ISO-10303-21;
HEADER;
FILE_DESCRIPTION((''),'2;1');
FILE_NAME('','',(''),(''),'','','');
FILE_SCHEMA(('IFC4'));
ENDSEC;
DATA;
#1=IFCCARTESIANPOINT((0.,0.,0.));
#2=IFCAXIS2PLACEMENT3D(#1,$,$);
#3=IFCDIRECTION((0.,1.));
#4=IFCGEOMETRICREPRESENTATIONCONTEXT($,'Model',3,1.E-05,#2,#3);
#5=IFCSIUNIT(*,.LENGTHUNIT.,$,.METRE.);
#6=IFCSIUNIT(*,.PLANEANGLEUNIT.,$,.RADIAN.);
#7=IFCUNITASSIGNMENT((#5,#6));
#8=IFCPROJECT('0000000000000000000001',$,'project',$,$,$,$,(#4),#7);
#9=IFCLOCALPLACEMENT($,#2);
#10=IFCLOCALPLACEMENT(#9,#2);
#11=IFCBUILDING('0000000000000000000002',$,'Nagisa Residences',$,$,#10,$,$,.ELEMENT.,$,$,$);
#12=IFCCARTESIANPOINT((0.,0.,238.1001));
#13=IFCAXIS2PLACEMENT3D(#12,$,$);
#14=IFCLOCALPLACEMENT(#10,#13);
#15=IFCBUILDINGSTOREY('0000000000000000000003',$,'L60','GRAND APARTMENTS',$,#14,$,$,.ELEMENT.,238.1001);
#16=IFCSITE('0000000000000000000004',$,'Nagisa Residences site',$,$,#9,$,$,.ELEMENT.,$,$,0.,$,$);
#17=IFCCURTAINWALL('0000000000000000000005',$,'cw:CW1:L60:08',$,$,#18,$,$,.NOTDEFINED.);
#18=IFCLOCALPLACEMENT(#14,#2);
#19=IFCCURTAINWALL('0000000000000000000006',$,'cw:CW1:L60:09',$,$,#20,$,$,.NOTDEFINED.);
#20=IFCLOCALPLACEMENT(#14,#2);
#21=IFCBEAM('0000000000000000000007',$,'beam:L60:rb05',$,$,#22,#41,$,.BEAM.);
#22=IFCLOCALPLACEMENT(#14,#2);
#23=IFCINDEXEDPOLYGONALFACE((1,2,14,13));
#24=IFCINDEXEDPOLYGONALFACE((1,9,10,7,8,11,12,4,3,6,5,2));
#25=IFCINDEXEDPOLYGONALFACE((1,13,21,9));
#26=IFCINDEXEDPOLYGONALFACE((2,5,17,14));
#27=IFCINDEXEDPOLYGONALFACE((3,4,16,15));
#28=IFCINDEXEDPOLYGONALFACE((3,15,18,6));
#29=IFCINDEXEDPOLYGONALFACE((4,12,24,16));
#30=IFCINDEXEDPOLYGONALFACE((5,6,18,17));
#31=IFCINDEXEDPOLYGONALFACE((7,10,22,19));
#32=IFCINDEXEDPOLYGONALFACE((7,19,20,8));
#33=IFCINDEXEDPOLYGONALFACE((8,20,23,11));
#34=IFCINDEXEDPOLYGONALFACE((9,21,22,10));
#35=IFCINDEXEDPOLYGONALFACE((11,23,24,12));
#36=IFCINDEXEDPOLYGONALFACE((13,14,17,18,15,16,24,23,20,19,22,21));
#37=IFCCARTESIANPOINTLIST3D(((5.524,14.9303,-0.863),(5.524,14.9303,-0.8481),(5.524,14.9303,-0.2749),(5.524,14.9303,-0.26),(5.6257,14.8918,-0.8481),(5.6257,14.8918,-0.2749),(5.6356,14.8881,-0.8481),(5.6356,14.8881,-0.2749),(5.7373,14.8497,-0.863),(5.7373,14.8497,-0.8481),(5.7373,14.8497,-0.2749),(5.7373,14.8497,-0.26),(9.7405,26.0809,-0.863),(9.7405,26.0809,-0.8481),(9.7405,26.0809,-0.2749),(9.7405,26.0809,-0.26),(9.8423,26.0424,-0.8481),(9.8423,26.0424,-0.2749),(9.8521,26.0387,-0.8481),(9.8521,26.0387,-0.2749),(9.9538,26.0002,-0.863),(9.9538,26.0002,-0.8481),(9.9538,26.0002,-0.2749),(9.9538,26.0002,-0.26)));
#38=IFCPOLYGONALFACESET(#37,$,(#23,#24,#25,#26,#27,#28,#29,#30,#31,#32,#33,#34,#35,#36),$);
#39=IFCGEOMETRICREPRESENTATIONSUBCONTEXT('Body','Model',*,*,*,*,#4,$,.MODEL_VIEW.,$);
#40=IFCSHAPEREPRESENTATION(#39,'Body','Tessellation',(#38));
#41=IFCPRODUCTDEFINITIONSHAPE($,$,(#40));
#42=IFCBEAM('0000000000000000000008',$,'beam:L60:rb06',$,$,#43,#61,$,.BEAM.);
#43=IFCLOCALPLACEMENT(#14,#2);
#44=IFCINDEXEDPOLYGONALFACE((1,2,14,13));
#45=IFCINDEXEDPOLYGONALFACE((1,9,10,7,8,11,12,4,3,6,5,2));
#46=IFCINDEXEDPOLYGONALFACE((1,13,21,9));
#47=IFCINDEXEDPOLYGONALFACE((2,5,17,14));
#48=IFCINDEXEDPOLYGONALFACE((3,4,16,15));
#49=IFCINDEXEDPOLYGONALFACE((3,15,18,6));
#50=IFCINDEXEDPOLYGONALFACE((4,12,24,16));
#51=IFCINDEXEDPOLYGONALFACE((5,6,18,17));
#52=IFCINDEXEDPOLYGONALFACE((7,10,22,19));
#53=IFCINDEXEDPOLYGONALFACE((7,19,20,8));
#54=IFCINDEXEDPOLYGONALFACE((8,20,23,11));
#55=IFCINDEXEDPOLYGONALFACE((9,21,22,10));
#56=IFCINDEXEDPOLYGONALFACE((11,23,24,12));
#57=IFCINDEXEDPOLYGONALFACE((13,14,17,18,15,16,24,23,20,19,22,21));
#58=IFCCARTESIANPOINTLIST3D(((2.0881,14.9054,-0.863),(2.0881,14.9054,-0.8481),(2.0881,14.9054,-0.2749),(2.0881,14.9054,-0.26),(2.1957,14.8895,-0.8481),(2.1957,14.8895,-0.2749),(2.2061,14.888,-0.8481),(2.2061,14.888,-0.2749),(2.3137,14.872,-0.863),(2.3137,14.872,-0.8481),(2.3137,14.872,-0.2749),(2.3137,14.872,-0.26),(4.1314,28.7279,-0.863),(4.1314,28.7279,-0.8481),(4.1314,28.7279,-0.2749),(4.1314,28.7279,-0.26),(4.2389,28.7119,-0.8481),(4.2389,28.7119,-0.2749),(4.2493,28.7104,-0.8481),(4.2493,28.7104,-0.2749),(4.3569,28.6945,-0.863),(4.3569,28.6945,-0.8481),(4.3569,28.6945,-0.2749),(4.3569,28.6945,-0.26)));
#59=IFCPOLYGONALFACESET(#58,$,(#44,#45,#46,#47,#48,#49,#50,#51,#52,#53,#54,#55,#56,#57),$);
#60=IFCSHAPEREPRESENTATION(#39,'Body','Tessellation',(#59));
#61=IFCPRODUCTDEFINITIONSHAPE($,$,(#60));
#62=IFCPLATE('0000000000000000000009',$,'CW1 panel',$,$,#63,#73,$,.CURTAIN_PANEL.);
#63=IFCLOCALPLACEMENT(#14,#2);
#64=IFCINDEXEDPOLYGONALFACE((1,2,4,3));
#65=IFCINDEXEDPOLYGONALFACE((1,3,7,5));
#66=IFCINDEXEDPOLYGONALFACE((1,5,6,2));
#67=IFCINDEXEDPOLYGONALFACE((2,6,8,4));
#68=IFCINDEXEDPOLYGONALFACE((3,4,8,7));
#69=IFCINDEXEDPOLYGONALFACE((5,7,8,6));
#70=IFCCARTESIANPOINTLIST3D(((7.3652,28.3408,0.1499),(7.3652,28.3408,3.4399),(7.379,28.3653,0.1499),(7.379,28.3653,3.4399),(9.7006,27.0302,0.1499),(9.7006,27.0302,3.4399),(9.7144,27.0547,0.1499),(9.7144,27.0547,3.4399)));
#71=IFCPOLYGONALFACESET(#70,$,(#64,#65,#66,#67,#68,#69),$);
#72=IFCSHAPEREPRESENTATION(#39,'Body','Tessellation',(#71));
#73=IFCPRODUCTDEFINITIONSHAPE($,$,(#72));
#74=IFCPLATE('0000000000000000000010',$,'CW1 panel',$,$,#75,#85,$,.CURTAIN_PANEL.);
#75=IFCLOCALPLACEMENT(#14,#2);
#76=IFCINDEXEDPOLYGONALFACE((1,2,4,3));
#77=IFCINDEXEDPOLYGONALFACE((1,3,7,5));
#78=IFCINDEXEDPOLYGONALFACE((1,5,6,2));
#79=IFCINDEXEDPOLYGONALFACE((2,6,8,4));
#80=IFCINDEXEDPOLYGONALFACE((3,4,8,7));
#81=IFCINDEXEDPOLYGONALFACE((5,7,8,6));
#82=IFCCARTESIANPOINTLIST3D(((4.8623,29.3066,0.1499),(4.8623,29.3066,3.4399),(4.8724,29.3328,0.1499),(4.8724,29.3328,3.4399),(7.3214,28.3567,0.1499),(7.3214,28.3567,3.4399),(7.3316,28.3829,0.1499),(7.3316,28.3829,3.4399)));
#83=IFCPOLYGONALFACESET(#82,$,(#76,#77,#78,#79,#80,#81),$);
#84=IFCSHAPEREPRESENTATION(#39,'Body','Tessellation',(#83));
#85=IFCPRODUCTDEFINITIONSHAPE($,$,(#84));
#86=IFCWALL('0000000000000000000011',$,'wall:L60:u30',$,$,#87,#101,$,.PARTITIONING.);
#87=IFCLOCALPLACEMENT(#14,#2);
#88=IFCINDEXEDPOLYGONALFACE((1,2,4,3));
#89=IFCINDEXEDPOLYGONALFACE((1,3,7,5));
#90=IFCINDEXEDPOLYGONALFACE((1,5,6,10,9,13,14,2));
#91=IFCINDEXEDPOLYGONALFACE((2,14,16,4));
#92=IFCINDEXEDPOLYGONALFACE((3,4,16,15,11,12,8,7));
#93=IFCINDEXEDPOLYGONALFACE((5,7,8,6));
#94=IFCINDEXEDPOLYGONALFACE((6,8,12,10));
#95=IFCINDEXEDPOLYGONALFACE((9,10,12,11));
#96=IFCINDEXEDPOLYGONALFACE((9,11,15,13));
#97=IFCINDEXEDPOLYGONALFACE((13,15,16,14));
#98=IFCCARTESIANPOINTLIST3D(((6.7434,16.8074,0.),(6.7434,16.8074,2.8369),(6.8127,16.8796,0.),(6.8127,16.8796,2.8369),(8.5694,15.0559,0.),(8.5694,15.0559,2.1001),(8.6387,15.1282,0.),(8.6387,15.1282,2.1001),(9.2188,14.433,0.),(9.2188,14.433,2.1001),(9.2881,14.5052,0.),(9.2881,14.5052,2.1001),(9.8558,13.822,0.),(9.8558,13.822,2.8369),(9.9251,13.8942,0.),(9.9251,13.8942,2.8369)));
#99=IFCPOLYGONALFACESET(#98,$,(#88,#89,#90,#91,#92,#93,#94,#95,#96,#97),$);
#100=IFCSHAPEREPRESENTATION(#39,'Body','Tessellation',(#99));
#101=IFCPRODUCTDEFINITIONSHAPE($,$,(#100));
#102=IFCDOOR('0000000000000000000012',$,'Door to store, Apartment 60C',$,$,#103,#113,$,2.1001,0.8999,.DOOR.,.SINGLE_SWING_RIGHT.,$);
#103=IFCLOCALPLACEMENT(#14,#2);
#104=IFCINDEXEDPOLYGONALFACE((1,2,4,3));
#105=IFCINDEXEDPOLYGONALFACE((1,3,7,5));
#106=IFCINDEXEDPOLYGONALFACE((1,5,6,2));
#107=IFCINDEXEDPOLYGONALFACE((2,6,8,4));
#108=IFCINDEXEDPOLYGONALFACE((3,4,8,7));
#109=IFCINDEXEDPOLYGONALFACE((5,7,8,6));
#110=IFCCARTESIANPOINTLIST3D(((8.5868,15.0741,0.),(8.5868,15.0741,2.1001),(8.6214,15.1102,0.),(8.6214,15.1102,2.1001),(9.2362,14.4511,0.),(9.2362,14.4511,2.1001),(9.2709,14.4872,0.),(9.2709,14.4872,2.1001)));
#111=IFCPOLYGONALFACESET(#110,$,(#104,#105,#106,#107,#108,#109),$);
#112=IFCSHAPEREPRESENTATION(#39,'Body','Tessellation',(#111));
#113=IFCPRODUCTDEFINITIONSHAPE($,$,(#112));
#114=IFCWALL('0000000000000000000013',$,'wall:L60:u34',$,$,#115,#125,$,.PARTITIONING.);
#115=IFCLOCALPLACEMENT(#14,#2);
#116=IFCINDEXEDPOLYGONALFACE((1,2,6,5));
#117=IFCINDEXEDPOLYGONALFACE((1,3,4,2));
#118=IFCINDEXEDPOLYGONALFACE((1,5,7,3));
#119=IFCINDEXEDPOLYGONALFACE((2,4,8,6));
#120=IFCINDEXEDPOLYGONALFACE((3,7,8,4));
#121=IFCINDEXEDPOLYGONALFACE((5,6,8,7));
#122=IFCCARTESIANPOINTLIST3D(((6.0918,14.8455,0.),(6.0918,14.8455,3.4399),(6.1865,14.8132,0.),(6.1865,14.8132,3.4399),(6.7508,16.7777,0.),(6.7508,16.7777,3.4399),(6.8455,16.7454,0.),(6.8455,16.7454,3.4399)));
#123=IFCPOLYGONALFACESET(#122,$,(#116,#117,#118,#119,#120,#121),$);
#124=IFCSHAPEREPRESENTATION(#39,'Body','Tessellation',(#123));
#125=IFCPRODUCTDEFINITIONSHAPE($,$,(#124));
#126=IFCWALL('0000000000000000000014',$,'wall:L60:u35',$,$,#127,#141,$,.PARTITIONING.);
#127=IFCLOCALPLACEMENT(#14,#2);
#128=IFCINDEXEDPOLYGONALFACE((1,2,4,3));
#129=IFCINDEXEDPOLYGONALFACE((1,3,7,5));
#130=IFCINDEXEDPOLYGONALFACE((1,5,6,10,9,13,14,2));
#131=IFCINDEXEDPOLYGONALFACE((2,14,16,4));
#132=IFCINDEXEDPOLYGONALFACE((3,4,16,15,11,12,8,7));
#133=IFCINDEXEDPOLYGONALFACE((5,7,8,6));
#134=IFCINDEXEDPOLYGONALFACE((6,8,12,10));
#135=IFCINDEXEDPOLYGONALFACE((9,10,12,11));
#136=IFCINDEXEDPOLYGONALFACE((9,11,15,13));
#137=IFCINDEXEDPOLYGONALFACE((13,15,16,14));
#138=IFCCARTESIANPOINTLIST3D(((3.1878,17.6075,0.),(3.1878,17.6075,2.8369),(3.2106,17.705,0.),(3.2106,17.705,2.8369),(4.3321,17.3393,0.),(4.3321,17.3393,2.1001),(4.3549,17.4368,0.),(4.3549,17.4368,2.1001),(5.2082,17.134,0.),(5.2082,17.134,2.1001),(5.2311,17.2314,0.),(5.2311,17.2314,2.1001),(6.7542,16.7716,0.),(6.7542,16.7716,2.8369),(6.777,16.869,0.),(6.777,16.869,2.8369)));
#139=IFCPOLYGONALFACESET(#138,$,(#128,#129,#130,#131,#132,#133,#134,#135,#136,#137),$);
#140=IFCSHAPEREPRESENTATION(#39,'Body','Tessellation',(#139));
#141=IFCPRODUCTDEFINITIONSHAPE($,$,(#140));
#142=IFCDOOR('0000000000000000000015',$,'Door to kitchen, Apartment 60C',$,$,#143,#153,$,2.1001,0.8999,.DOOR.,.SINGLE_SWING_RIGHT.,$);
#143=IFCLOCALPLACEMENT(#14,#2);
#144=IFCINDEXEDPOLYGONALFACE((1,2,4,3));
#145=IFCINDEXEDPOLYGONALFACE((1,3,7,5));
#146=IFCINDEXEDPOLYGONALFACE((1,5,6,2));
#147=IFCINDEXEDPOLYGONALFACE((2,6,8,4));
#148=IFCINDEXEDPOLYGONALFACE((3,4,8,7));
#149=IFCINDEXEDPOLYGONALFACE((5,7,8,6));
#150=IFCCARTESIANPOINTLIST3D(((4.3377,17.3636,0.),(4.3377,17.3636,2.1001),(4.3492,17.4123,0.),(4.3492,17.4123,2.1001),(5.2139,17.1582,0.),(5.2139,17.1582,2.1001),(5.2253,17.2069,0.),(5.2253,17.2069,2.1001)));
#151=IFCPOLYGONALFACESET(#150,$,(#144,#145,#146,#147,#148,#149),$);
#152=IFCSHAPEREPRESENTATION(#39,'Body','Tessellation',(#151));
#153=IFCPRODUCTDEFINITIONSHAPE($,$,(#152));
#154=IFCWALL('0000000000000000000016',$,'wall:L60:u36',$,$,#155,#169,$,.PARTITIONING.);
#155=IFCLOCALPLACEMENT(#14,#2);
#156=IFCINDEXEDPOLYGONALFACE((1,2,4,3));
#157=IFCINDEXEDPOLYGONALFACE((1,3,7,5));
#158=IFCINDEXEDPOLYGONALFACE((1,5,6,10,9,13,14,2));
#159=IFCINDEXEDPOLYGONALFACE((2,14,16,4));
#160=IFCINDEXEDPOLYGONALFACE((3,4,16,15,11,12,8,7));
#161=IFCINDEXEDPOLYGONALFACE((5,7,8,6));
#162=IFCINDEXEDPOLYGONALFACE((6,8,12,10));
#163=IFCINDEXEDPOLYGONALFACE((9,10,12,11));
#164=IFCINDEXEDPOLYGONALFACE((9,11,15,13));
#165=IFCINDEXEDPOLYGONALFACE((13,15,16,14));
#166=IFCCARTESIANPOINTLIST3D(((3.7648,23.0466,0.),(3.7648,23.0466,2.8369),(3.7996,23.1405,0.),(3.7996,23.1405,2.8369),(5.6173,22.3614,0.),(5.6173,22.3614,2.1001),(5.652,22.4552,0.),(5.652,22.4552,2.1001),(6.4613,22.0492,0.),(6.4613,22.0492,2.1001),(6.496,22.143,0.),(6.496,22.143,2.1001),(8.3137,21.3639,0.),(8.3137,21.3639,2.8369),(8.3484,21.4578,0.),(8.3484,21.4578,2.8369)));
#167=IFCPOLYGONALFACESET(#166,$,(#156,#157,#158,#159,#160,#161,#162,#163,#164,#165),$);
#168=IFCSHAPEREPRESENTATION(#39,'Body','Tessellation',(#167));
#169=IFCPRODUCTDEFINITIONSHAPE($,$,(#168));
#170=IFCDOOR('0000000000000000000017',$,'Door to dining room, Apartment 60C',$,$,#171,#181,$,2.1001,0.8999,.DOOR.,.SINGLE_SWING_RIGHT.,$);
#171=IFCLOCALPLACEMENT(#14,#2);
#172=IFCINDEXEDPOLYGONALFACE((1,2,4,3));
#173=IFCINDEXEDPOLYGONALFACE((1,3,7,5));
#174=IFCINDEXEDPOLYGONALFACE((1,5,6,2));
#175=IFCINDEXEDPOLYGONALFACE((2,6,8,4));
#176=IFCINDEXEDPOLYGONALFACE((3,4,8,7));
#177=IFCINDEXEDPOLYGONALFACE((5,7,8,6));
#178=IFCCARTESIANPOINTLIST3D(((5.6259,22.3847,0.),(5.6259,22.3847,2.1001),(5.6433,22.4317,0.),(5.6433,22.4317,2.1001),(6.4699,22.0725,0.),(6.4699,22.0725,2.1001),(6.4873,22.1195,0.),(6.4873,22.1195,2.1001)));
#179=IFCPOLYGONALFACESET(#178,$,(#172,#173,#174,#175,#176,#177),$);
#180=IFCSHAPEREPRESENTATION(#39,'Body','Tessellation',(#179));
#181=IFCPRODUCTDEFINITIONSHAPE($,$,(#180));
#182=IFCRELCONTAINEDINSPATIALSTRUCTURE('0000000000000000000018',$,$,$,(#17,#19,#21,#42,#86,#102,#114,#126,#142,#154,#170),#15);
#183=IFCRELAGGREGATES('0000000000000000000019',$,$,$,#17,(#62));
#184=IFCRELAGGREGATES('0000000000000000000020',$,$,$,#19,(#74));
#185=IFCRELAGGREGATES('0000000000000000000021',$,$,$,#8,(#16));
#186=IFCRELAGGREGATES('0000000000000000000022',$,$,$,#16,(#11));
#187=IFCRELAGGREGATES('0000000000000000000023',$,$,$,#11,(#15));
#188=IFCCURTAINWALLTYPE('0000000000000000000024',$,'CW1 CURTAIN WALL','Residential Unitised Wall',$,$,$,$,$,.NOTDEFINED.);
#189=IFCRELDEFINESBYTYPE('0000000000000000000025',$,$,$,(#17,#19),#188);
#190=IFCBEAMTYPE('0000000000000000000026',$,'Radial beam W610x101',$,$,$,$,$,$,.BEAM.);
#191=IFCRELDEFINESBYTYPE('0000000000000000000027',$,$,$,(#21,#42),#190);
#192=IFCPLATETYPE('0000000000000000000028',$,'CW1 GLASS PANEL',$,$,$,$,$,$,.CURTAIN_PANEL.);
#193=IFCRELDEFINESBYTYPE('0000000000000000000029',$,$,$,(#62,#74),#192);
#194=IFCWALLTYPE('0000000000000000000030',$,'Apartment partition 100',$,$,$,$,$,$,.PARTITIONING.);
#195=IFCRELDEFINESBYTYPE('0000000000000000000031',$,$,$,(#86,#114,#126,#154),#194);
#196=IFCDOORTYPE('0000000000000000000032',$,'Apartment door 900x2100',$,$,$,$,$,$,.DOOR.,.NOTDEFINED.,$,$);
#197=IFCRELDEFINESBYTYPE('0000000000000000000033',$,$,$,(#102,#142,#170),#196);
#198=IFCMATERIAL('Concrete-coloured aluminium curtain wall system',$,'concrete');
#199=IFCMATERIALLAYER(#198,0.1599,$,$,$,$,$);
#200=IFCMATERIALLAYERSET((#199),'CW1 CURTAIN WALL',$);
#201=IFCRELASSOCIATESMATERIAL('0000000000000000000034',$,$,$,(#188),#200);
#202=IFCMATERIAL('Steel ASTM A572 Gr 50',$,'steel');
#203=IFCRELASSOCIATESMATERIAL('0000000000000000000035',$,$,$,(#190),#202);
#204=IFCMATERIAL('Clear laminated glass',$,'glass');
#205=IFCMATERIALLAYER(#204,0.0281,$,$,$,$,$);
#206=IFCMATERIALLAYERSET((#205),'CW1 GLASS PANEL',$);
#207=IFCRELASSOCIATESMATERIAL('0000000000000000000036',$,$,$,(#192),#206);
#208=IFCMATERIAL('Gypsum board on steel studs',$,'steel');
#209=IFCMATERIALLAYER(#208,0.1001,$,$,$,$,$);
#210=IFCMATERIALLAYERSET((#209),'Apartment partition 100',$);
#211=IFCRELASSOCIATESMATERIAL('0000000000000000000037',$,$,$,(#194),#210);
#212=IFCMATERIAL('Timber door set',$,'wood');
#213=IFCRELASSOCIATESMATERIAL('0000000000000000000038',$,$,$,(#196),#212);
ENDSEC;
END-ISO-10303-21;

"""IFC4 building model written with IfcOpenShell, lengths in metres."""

from ifc_helpers import new_model, si_unit, direction, frame, frame_2d, origin, origin_2d, place, context, subcontext, project, spatial, rectangle, i_section, extrude, material, layer, layer_set, material_profile, profile_set, type_object, element, fill, aggregate, save


model = new_model("IFC4")

# Units and contexts
model_context = context("Model", 3, precision=1e-05, world=origin(), true_north=direction((0.0, 1.0)))
body_context = subcontext(model_context, "Body", "Model", "MODEL_VIEW")
ifc_project = project(units=[si_unit("LENGTHUNIT", "METRE"), si_unit("PLANEANGLEUNIT", "RADIAN")], contexts=[model_context])

# Site, building, storey
site_placement = place(None, origin())
site = spatial("IfcSite", under=ifc_project, at=site_placement, Name="Nagisa Residences site", CompositionType="ELEMENT", RefElevation=0.0)
building_placement = place(site_placement, origin())
building = spatial("IfcBuilding", under=site, at=building_placement, Name="Nagisa Residences", CompositionType="ELEMENT")
storey_placement = place(building_placement, frame((0.0, 0.0, 238.1001)))
storey = spatial("IfcBuildingStorey", under=building, at=storey_placement, Name="L60", Description="GRAND APARTMENTS", CompositionType="ELEMENT", Elevation=238.1001)

# Curtain walls
ifc_material_1 = material(Name="Concrete-coloured aluminium curtain wall system", Category="concrete")
ifc_layer_1 = layer(ifc_material_1, 0.1599)
ifc_layer_set_1 = layer_set([ifc_layer_1], Name="CW1 CURTAIN WALL")
curtain_wall_type = type_object("IfcCurtainWallType", Name="CW1 CURTAIN WALL", Description="Residential Unitised Wall", PredefinedType="NOTDEFINED", material=ifc_layer_set_1)
curtain_wall_1_placement = place(storey_placement, origin())
curtain_wall_1 = element("IfcCurtainWall", 1, at=curtain_wall_1_placement, inside=storey, type_object=curtain_wall_type, Name="cw:CW1:L60:08", PredefinedType="NOTDEFINED")
curtain_wall_2_placement = place(storey_placement, origin())
curtain_wall_2 = element("IfcCurtainWall", 2, at=curtain_wall_2_placement, inside=storey, type_object=curtain_wall_type, Name="cw:CW1:L60:09", PredefinedType="NOTDEFINED")

# Beams
ifc_material_2 = material(Name="Steel ASTM A572 Gr 50", Category="steel")
ifc_material_profile_1 = material_profile(ifc_material_2, i_section(OverallWidth=0.228, OverallDepth=0.603, WebThickness=0.0105, FlangeThickness=0.0149, at=origin_2d()), Name="W610x101")
ifc_profile_set_1 = profile_set([ifc_material_profile_1], Name="Steel ASTM A572 Gr 50")
beam_type_1 = type_object("IfcBeamType", Name="Radial beam W610x101", PredefinedType="BEAM", material=ifc_profile_set_1)
beam_1_placement = place(storey_placement, frame((9.8472, 26.0405, -0.5615), z_axis=(-0.353701, -0.935359, 0.0), x_axis=(0.935359, -0.353701, 0.0)))
element("IfcBeam", 3, at=beam_1_placement, inside=storey, type_object=beam_type_1, Name="beam:L60:rb05", PredefinedType="BEAM", context=body_context, shape_type="SweptSolid", body=[
    extrude(i_section(OverallWidth=0.228, OverallDepth=0.603, WebThickness=0.0105, FlangeThickness=0.0149, at=origin_2d()), origin(), (0.0, 0.0, 1.0), 11.9211),
])
beam_2_placement = place(storey_placement, frame((4.2441, 28.7112, -0.5615), z_axis=(-0.146229, -0.989251, 0.0), x_axis=(0.989251, -0.146229, 0.0)))
element("IfcBeam", 4, at=beam_2_placement, inside=storey, type_object=beam_type_1, Name="beam:L60:rb06", PredefinedType="BEAM", context=body_context, shape_type="SweptSolid", body=[
    extrude(i_section(OverallWidth=0.228, OverallDepth=0.603, WebThickness=0.0105, FlangeThickness=0.0149, at=origin_2d()), origin(), (0.0, 0.0, 1.0), 13.9727),
])

# Plates
ifc_material_3 = material(Name="Clear laminated glass", Category="glass")
ifc_layer_2 = layer(ifc_material_3, 0.0281)
ifc_layer_set_2 = layer_set([ifc_layer_2], Name="CW1 GLASS PANEL")
plate_type = type_object("IfcPlateType", Name="CW1 GLASS PANEL", PredefinedType="CURTAIN_PANEL", material=ifc_layer_set_2)
plate_1_placement = place(storey_placement, frame((8.5398, 27.6978, 0.1499), z_axis=(0.0, 0.0, 1.0), x_axis=(-0.872072, 0.489377, 0.0)))
plate_1 = element("IfcPlate", 5, at=plate_1_placement, type_object=plate_type, Name="CW1 panel", PredefinedType="CURTAIN_PANEL", context=body_context, shape_type="SweptSolid", body=[
    extrude(rectangle(XDim=2.678, YDim=0.0281, at=origin_2d()), origin(), (0.0, 0.0, 1.0), 3.29),
])
aggregate(curtain_wall_1, [plate_1])
plate_2_placement = place(storey_placement, frame((6.0969, 28.8447, 0.1499), z_axis=(0.0, 0.0, 1.0), x_axis=(-0.932826, 0.360328, 0.0)))
plate_2 = element("IfcPlate", 6, at=plate_2_placement, type_object=plate_type, Name="CW1 panel", PredefinedType="CURTAIN_PANEL", context=body_context, shape_type="SweptSolid", body=[
    extrude(rectangle(XDim=2.6362, YDim=0.0281, at=origin_2d()), origin(), (0.0, 0.0, 1.0), 3.29),
])
aggregate(curtain_wall_2, [plate_2])

# Wall, opening, door
ifc_material_4 = material(Name="Gypsum board on steel studs", Category="steel")
ifc_layer_3 = layer(ifc_material_4, 0.1001)
ifc_layer_set_3 = layer_set([ifc_layer_3], Name="Apartment partition 100")
wall_type_1 = type_object("IfcWallType", Name="Apartment partition 100", PredefinedType="PARTITIONING", material=ifc_layer_set_3)
wall_1_placement = place(storey_placement, frame((9.8904, 13.8582, 0.0), z_axis=(0.0, 0.0, 1.0), x_axis=(-0.721672, 0.692235, 0.0)))
wall_1 = element("IfcWall", 7, at=wall_1_placement, inside=storey, type_object=wall_type_1, Name="wall:L60:u30", PredefinedType="PARTITIONING", context=body_context, shape_type="SweptSolid", body=[
    extrude(rectangle(XDim=4.3127, YDim=0.1001, at=frame_2d((2.1562, 0.0))), origin(), (0.0, 0.0, 1.0), 2.8369),
])
opening_1_placement = place(wall_1_placement, frame((0.8826, 0.0, 0.0)))
opening_1 = element("IfcOpeningElement", 8, at=opening_1_placement, cuts=wall_1, PredefinedType="OPENING", context=body_context, shape_type="SweptSolid", body=[
    extrude(rectangle(XDim=0.8999, YDim=2.1001, at=frame_2d((0.45, 1.05))), frame((0.0, 0.0601, 0.0), z_axis=(0.0, -1.0, 0.0), x_axis=(1.0, 0.0, 0.0)), (0.0, 0.0, 1.0), 0.1201),
])
ifc_material_5 = material(Name="Timber door set", Category="wood")
door_type_1 = type_object("IfcDoorType", Name="Apartment door 900x2100", OperationType="NOTDEFINED", PredefinedType="DOOR", material=ifc_material_5)
door_1_placement = place(opening_1_placement, origin())
door_1 = element("IfcDoor", 9, at=door_1_placement, inside=storey, type_object=door_type_1, Name="Door to store, Apartment 60C", OperationType="SINGLE_SWING_RIGHT", OverallHeight=2.1001, OverallWidth=0.8999, PredefinedType="DOOR", context=body_context, shape_type="SweptSolid", body=[
    extrude(rectangle(XDim=0.8999, YDim=2.1001, at=frame_2d((0.45, 1.05))), frame((0.0, 0.0249, 0.0), z_axis=(0.0, -1.0, 0.0), x_axis=(1.0, 0.0, 0.0)), (0.0, 0.0, 1.0), 0.05),
])
fill(opening_1, door_1)

# Wall
wall_2_placement = place(storey_placement, frame((6.1392, 14.8293, 0.0), z_axis=(0.0, 0.0, 1.0), x_axis=(0.322786, 0.946472, 0.0)))
element("IfcWall", 10, at=wall_2_placement, inside=storey, type_object=wall_type_1, Name="wall:L60:u34", PredefinedType="PARTITIONING", context=body_context, shape_type="SweptSolid", body=[
    extrude(rectangle(XDim=2.0415, YDim=0.1001, at=frame_2d((1.0208, 0.0))), origin(), (0.0, 0.0, 1.0), 3.4399),
])

# Walls, openings, doors
wall_3_placement = place(storey_placement, frame((6.7656, 16.8203, 0.0), z_axis=(0.0, 0.0, 1.0), x_axis=(-0.973613, 0.228207, 0.0)))
wall_3 = element("IfcWall", 11, at=wall_3_placement, inside=storey, type_object=wall_type_1, Name="wall:L60:u35", PredefinedType="PARTITIONING", context=body_context, shape_type="SweptSolid", body=[
    extrude(rectangle(XDim=3.6631, YDim=0.1001, at=frame_2d((1.8315, 0.0))), origin(), (0.0, 0.0, 1.0), 2.8369),
])
opening_2_placement = place(wall_3_placement, frame((1.5879, 0.0, 0.0)))
opening_2 = element("IfcOpeningElement", 12, at=opening_2_placement, cuts=wall_3, PredefinedType="OPENING", context=body_context, shape_type="SweptSolid", body=[
    extrude(rectangle(XDim=0.8999, YDim=2.1001, at=frame_2d((0.45, 1.05))), frame((0.0, 0.0601, 0.0), z_axis=(0.0, -1.0, 0.0), x_axis=(1.0, 0.0, 0.0)), (0.0, 0.0, 1.0), 0.1201),
])
door_2_placement = place(opening_2_placement, frame((0.8999, 0.0, 0.0), x_axis=(-1.0, 0.0, 0.0)))
door_2 = element("IfcDoor", 13, at=door_2_placement, inside=storey, type_object=door_type_1, Name="Door to kitchen, Apartment 60C", OperationType="SINGLE_SWING_RIGHT", OverallHeight=2.1001, OverallWidth=0.8999, PredefinedType="DOOR", context=body_context, shape_type="SweptSolid", body=[
    extrude(rectangle(XDim=0.8999, YDim=2.1001, at=frame_2d((0.45, 1.05))), frame((0.0, 0.0249, 0.0), z_axis=(0.0, -1.0, 0.0), x_axis=(1.0, 0.0, 0.0)), (0.0, 0.0, 1.0), 0.05),
])
fill(opening_2, door_2)
wall_4_placement = place(storey_placement, frame((8.3311, 21.4109, 0.0), z_axis=(0.0, 0.0, 1.0), x_axis=(-0.937892, 0.346927, 0.0)))
wall_4 = element("IfcWall", 14, at=wall_4_placement, inside=storey, type_object=wall_type_1, Name="wall:L60:u36", PredefinedType="PARTITIONING", context=body_context, shape_type="SweptSolid", body=[
    extrude(rectangle(XDim=4.8501, YDim=0.1001, at=frame_2d((2.425, 0.0))), origin(), (0.0, 0.0, 1.0), 2.8369),
])
opening_3_placement = place(wall_4_placement, frame((1.9751, 0.0, 0.0)))
opening_3 = element("IfcOpeningElement", 15, at=opening_3_placement, cuts=wall_4, PredefinedType="OPENING", context=body_context, shape_type="SweptSolid", body=[
    extrude(rectangle(XDim=0.8999, YDim=2.1001, at=frame_2d((0.45, 1.05))), frame((0.0, 0.0601, 0.0), z_axis=(0.0, -1.0, 0.0), x_axis=(1.0, 0.0, 0.0)), (0.0, 0.0, 1.0), 0.1201),
])
door_3_placement = place(opening_3_placement, frame((0.8999, 0.0, 0.0), x_axis=(-1.0, 0.0, 0.0)))
door_3 = element("IfcDoor", 16, at=door_3_placement, inside=storey, type_object=door_type_1, Name="Door to dining room, Apartment 60C", OperationType="SINGLE_SWING_RIGHT", OverallHeight=2.1001, OverallWidth=0.8999, PredefinedType="DOOR", context=body_context, shape_type="SweptSolid", body=[
    extrude(rectangle(XDim=0.8999, YDim=2.1001, at=frame_2d((0.45, 1.05))), frame((0.0, 0.0249, 0.0), z_axis=(0.0, -1.0, 0.0), x_axis=(1.0, 0.0, 0.0)), (0.0, 0.0, 1.0), 0.05),
])
fill(opening_3, door_3)

save(model, "model.ifc")
